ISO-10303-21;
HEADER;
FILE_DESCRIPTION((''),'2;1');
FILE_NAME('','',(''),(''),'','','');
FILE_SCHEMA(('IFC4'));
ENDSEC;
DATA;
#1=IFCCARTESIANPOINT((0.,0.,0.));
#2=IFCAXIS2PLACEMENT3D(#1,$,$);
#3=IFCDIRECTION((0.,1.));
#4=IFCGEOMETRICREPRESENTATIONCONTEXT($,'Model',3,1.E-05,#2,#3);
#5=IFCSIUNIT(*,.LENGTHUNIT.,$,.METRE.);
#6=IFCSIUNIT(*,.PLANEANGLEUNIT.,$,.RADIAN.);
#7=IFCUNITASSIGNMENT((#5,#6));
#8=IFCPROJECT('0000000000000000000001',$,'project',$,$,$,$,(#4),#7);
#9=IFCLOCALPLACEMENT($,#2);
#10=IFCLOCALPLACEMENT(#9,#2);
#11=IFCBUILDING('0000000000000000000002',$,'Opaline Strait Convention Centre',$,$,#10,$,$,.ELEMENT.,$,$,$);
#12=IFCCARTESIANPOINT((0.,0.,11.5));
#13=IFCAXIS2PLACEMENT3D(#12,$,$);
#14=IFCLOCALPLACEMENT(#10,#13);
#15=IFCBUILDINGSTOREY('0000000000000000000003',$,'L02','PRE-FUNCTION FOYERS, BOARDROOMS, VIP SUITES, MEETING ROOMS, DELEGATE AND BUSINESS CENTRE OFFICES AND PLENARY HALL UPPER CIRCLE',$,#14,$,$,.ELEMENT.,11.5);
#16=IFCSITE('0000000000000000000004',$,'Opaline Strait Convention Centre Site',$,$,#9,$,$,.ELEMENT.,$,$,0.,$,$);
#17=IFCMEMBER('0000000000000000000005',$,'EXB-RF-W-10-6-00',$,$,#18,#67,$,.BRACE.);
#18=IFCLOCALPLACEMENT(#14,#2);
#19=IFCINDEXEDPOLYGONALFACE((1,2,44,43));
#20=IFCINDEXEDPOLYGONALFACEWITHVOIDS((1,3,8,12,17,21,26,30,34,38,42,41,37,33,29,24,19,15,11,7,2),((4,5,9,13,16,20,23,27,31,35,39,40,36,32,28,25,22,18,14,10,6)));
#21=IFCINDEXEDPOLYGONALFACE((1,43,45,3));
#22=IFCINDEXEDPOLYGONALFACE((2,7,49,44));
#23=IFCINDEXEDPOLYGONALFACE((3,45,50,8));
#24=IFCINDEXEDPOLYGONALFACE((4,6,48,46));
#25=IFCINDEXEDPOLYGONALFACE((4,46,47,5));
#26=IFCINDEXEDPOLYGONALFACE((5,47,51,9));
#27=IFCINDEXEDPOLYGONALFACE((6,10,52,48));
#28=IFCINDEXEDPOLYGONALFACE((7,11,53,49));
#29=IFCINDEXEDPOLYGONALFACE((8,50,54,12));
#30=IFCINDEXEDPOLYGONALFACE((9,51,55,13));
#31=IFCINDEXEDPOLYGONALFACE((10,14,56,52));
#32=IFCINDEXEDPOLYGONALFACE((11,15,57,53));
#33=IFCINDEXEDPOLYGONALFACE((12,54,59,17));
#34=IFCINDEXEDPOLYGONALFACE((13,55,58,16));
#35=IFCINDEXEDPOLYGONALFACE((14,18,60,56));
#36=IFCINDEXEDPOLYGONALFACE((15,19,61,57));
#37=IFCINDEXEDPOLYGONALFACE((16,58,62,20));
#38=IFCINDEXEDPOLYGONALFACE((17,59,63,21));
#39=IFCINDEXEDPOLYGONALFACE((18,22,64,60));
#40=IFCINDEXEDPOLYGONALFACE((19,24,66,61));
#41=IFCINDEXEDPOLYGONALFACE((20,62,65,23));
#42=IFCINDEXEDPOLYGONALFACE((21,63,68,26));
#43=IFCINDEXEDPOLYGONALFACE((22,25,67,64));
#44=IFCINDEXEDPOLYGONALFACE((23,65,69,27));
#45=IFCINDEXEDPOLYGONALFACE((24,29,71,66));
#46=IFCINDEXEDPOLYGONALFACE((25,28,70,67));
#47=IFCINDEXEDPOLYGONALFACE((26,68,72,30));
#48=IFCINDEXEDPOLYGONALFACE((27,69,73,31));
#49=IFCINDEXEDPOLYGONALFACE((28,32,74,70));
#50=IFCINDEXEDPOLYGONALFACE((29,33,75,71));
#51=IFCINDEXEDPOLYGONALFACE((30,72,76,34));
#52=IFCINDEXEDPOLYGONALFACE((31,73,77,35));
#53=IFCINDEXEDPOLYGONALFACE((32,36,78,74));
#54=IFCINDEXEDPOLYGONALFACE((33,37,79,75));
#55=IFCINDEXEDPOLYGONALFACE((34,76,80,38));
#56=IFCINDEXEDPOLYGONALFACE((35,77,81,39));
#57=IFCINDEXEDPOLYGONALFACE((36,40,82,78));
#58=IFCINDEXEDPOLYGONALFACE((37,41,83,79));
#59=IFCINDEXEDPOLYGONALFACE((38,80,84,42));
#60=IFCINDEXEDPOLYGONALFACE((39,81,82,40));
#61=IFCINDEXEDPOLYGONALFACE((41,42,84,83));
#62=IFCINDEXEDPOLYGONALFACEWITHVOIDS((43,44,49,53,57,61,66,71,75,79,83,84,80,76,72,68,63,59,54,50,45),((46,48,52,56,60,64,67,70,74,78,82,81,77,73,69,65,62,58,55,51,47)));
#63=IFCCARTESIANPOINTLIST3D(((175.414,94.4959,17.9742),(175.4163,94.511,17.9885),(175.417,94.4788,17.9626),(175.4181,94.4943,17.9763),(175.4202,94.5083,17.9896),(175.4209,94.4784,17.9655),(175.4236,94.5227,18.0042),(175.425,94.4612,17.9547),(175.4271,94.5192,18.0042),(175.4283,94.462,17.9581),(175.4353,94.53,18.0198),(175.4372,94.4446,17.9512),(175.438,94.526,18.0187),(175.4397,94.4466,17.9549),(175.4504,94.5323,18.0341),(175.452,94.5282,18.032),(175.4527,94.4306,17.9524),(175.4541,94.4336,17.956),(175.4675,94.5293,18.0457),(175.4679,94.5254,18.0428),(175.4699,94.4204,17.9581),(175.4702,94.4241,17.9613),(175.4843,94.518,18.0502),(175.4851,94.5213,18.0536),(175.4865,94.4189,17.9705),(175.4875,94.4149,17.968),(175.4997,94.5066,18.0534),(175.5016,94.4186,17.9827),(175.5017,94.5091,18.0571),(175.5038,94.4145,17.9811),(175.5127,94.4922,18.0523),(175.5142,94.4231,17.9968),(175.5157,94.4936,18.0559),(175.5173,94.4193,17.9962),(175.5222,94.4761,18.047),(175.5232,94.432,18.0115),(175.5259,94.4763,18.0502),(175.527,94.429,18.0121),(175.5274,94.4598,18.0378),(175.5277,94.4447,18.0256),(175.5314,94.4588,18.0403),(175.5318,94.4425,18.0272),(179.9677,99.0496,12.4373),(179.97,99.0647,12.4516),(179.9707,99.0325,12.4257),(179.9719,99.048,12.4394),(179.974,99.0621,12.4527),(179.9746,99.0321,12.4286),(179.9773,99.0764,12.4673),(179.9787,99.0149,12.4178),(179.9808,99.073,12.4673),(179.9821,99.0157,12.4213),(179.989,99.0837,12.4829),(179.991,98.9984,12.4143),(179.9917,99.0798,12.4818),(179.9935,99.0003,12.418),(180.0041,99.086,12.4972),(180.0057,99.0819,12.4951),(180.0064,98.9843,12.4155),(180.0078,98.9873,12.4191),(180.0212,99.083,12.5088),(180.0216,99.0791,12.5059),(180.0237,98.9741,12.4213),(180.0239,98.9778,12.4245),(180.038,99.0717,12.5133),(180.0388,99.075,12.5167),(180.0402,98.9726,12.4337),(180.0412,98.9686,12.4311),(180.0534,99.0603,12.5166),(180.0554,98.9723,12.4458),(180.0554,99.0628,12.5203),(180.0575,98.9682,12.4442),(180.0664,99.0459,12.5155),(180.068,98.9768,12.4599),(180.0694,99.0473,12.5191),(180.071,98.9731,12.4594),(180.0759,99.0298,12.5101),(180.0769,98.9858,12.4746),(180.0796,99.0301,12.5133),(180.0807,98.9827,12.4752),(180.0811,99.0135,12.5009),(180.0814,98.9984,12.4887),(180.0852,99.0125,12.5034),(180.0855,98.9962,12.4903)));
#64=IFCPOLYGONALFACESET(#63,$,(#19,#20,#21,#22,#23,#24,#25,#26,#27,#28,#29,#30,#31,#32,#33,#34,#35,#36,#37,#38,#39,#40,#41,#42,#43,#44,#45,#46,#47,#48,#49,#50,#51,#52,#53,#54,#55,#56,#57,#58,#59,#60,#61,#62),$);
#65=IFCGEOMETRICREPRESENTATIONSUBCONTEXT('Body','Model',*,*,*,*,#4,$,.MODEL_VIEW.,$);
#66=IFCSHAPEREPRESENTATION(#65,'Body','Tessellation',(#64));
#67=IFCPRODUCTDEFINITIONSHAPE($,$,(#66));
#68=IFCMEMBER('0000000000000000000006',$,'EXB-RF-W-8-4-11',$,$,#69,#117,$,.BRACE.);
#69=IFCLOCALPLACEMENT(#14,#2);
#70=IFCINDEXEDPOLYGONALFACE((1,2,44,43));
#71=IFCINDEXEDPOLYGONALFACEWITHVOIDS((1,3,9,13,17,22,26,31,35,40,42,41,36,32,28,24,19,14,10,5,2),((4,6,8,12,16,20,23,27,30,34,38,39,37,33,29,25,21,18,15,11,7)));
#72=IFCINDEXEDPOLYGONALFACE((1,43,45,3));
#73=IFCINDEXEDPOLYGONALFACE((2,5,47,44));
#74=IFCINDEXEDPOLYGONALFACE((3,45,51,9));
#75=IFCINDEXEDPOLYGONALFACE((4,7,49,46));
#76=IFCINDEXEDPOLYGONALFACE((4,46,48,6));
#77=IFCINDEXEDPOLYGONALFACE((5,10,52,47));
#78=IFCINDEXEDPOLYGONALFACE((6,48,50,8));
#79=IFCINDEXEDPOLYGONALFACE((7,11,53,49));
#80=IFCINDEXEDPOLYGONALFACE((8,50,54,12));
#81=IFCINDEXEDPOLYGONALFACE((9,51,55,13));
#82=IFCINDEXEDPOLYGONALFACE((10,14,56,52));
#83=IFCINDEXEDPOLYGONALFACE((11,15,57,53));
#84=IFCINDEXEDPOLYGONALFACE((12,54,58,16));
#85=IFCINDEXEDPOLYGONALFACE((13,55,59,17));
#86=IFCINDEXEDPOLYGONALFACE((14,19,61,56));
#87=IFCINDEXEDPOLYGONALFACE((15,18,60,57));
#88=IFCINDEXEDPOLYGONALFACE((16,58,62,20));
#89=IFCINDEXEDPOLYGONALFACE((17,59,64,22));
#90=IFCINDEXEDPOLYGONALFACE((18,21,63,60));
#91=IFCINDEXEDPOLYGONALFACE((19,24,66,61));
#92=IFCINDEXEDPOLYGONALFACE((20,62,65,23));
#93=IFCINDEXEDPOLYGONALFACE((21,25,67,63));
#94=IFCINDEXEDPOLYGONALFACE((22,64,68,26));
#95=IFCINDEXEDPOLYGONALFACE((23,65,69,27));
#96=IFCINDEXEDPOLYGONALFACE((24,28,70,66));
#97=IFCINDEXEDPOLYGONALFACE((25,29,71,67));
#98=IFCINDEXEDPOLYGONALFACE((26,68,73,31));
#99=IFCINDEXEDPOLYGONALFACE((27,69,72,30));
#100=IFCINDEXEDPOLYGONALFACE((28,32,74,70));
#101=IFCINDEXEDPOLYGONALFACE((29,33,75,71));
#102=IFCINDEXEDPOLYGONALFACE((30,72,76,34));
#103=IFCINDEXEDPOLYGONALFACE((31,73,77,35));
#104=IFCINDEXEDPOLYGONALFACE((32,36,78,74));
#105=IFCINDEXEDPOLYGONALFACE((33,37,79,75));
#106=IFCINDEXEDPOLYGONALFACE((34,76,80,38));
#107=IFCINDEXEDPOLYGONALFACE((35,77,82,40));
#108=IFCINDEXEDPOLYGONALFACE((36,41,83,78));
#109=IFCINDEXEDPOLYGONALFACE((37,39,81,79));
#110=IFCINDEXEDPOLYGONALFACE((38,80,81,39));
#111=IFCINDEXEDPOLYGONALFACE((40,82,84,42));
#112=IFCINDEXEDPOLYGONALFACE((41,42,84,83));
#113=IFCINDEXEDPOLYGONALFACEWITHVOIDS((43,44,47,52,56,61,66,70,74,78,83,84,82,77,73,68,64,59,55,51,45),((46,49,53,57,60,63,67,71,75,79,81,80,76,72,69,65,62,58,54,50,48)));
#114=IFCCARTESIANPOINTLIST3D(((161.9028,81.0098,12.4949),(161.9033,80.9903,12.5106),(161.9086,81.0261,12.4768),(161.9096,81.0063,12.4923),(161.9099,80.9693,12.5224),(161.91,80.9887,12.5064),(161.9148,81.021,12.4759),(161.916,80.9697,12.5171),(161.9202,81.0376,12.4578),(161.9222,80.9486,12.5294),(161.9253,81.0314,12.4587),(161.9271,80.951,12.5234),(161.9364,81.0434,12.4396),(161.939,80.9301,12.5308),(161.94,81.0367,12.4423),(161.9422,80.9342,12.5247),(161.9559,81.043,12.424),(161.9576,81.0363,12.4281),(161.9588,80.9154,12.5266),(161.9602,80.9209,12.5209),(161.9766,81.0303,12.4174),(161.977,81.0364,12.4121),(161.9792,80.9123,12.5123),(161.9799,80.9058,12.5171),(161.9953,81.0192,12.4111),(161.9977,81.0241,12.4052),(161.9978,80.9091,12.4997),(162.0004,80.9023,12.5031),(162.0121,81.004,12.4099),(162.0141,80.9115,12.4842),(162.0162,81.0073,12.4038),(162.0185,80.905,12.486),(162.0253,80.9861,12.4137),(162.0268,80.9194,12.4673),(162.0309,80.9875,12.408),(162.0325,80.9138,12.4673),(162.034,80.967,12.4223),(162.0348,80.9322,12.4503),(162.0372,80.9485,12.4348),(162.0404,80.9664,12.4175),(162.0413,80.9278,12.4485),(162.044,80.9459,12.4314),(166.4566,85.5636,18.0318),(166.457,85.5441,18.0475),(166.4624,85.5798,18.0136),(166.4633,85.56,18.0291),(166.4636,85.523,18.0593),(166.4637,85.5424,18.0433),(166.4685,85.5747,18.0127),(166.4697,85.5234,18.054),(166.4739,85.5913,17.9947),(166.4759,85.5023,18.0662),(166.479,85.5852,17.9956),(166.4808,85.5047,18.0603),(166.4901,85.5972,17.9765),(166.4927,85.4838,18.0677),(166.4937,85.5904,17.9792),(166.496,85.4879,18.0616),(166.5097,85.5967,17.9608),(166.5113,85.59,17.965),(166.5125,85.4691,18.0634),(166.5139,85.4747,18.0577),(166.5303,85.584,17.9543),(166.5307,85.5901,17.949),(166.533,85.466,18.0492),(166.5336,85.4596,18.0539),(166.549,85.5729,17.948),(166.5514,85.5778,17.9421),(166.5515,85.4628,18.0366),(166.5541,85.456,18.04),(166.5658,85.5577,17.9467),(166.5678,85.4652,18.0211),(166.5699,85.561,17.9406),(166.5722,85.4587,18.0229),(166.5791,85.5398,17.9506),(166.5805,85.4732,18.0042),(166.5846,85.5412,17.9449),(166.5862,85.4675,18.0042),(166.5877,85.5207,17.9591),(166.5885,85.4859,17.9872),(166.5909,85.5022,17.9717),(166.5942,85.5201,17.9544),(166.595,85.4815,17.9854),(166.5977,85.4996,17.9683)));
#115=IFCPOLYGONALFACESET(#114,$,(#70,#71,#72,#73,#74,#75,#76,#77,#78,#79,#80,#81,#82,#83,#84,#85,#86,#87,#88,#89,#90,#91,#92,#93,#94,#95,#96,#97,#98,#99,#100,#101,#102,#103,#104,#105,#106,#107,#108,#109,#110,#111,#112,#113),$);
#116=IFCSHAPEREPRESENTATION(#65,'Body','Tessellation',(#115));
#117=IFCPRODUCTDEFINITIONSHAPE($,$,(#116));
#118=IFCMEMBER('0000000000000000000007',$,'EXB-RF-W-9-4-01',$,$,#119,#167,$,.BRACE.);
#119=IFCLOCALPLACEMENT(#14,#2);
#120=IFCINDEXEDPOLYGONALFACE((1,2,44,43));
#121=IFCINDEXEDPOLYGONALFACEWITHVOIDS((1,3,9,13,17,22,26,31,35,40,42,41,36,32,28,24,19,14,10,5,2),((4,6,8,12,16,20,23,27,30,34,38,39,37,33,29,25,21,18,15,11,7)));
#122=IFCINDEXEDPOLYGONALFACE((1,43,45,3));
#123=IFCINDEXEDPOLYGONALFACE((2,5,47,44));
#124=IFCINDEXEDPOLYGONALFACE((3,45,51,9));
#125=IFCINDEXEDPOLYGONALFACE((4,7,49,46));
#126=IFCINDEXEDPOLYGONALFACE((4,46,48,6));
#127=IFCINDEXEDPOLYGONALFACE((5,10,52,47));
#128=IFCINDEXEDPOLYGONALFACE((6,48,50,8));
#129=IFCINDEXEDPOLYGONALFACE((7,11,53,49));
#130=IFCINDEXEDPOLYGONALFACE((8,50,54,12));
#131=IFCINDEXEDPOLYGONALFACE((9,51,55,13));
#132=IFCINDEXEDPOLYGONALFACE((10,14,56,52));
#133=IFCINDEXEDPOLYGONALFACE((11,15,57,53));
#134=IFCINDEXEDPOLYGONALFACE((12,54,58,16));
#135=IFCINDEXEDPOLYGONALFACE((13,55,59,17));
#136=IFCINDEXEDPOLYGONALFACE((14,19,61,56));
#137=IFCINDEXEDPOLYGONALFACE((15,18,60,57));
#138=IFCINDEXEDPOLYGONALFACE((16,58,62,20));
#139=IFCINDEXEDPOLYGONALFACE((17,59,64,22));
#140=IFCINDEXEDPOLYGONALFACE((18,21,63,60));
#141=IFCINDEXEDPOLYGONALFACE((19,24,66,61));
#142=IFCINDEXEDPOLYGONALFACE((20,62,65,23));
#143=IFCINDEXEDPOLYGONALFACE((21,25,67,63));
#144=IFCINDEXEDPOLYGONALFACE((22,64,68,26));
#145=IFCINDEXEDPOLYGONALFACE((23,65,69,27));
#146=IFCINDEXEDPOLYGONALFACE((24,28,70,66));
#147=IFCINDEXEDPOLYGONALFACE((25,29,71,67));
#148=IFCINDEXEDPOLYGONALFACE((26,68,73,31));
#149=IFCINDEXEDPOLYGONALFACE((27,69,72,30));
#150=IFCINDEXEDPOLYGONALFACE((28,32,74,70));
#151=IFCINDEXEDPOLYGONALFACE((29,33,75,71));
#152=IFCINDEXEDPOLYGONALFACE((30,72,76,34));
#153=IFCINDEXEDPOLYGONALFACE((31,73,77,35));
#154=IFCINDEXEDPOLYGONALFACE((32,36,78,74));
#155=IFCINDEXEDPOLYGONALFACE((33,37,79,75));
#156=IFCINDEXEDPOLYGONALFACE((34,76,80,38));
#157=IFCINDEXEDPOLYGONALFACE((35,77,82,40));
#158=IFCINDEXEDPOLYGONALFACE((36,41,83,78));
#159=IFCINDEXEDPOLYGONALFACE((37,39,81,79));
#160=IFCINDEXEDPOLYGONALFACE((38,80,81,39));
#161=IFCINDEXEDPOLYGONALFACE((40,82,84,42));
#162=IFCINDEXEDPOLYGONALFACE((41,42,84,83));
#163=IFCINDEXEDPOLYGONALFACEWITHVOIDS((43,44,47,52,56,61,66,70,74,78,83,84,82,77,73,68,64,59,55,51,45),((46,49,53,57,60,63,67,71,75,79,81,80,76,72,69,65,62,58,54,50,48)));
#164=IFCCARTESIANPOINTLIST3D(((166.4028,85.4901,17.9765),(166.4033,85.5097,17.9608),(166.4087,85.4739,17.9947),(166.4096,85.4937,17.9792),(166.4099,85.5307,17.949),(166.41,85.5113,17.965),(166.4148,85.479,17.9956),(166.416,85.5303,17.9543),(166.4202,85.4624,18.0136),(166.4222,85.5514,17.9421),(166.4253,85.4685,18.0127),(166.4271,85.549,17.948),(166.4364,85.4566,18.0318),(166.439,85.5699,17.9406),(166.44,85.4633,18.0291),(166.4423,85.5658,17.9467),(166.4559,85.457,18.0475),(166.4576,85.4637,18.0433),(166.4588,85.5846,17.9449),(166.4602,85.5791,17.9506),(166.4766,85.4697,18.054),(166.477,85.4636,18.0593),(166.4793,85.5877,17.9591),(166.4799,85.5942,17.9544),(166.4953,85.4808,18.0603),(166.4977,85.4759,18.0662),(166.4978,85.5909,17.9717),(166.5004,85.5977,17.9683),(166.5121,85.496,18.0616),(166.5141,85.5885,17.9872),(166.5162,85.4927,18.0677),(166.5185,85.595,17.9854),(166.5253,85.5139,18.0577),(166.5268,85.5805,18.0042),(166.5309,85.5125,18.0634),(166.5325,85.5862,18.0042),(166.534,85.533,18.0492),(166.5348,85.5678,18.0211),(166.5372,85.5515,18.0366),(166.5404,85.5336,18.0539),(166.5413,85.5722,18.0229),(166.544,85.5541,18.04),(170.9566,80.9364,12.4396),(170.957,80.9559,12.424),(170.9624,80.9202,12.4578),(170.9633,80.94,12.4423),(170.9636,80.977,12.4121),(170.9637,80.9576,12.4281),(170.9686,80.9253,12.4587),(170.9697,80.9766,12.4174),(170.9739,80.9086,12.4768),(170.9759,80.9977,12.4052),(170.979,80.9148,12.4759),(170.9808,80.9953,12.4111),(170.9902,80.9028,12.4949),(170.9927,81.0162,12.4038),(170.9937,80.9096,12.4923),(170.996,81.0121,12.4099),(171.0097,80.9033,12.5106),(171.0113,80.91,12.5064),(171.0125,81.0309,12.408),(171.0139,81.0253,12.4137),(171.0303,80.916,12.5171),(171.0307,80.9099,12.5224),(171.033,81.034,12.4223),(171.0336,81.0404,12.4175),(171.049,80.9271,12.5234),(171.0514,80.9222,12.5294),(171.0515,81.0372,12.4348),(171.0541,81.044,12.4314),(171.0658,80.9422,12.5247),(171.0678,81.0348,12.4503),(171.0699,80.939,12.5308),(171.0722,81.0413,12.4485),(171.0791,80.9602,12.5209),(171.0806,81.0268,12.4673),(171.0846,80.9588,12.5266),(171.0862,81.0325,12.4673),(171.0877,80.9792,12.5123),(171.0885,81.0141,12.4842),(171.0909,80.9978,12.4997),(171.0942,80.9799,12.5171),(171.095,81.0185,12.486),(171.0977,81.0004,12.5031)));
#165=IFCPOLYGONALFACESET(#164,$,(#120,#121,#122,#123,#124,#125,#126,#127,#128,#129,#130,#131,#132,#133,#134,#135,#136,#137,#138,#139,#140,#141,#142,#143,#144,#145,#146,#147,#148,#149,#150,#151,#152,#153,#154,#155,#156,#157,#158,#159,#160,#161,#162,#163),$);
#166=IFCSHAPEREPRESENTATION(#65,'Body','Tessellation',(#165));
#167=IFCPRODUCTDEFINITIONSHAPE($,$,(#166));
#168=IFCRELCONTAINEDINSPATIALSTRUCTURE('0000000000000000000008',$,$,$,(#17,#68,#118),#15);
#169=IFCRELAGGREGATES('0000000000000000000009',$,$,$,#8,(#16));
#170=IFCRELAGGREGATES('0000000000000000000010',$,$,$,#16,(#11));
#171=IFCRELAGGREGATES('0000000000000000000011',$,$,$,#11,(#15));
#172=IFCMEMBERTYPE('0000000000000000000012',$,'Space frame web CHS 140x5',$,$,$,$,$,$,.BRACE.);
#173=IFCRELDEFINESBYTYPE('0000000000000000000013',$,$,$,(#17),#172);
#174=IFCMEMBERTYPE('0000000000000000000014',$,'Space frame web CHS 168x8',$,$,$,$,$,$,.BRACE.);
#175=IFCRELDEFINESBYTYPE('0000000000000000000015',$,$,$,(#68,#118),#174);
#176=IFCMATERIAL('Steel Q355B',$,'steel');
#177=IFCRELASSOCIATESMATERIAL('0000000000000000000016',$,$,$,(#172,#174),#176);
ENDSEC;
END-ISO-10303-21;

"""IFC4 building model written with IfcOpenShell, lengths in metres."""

from ifc_helpers import new_model, si_unit, direction, frame, origin, origin_2d, place, context, subcontext, project, spatial, hollow_circle, extrude, material, material_profile, profile_set, type_object, element, save


model = new_model("IFC4")

# Units and contexts
model_context = context("Model", 3, precision=1e-05, world=origin(), true_north=direction((0.0, 1.0)))
body_context = subcontext(model_context, "Body", "Model", "MODEL_VIEW")
ifc_project = project(units=[si_unit("LENGTHUNIT", "METRE"), si_unit("PLANEANGLEUNIT", "RADIAN")], contexts=[model_context])

# Site, building, storey
site_placement = place(None, origin())
site = spatial("IfcSite", under=ifc_project, at=site_placement, Name="Opaline Strait Convention Centre Site", CompositionType="ELEMENT", RefElevation=0.0)
building_placement = place(site_placement, origin())
building = spatial("IfcBuilding", under=site, at=building_placement, Name="Opaline Strait Convention Centre", CompositionType="ELEMENT")
storey_placement = place(building_placement, frame((0.0, 0.0, 11.5)))
storey = spatial("IfcBuildingStorey", under=building, at=storey_placement, Name="L02", Description="PRE-FUNCTION FOYERS, BOARDROOMS, VIP SUITES, MEETING ROOMS, DELEGATE AND BUSINESS CENTRE OFFICES AND PLENARY HALL UPPER CIRCLE", CompositionType="ELEMENT", Elevation=11.5)

# Members
ifc_material = material(Name="Steel Q355B", Category="steel")
ifc_material_profile_1 = material_profile(ifc_material, hollow_circle(Radius=0.0701, WallThickness=0.0049, at=origin_2d()), Name="CHS 140x5")
ifc_profile_set_1 = profile_set([ifc_material_profile_1], Name="Steel Q355B")
member_type_1 = type_object("IfcMemberType", Name="Space frame web CHS 140x5", PredefinedType="BRACE", material=ifc_profile_set_1)
for number, where, z_axis, x_axis, name in (
    (1, (175.4731, 94.4731, 18.0042), (0.536178, 0.536178, -0.65194), (-0.707107, 0.707107, 0.0), "EXB-RF-W-10-6-00"),
):
    element("IfcMember", number, at=place(storey_placement, frame(where, z_axis=z_axis, x_axis=x_axis)), inside=storey, type_object=member_type_1, Name=name, PredefinedType="BRACE", context=body_context, shape_type="SweptSolid", body=[
        extrude(hollow_circle(Radius=0.0701, WallThickness=0.0049, at=origin_2d()), origin(), (0.0, 0.0, 1.0), 8.4929),
    ])
ifc_material_profile_2 = material_profile(ifc_material, hollow_circle(Radius=0.084, WallThickness=0.0081, at=origin_2d()), Name="CHS 168x8")
ifc_profile_set_2 = profile_set([ifc_material_profile_2], Name="Steel Q355B")
member_type_2 = type_object("IfcMemberType", Name="Space frame web CHS 168x8", PredefinedType="BRACE", material=ifc_profile_set_2)
for number, where, z_axis, x_axis, name in (
    (2, (166.5269, 85.5269, 18.0042), (-0.536178, -0.536178, -0.65194), (0.707107, -0.707107, 0.0), "EXB-RF-W-8-4-11"),
    (3, (166.4731, 85.5269, 18.0042), (0.536178, -0.536178, -0.65194), (0.707107, 0.707107, 0.0), "EXB-RF-W-9-4-01"),
):
    element("IfcMember", number, at=place(storey_placement, frame(where, z_axis=z_axis, x_axis=x_axis)), inside=storey, type_object=member_type_2, Name=name, PredefinedType="BRACE", context=body_context, shape_type="SweptSolid", body=[
        extrude(hollow_circle(Radius=0.084, WallThickness=0.0081, at=origin_2d()), origin(), (0.0, 0.0, 1.0), 8.4929),
    ])

save(model, "model.ifc")
